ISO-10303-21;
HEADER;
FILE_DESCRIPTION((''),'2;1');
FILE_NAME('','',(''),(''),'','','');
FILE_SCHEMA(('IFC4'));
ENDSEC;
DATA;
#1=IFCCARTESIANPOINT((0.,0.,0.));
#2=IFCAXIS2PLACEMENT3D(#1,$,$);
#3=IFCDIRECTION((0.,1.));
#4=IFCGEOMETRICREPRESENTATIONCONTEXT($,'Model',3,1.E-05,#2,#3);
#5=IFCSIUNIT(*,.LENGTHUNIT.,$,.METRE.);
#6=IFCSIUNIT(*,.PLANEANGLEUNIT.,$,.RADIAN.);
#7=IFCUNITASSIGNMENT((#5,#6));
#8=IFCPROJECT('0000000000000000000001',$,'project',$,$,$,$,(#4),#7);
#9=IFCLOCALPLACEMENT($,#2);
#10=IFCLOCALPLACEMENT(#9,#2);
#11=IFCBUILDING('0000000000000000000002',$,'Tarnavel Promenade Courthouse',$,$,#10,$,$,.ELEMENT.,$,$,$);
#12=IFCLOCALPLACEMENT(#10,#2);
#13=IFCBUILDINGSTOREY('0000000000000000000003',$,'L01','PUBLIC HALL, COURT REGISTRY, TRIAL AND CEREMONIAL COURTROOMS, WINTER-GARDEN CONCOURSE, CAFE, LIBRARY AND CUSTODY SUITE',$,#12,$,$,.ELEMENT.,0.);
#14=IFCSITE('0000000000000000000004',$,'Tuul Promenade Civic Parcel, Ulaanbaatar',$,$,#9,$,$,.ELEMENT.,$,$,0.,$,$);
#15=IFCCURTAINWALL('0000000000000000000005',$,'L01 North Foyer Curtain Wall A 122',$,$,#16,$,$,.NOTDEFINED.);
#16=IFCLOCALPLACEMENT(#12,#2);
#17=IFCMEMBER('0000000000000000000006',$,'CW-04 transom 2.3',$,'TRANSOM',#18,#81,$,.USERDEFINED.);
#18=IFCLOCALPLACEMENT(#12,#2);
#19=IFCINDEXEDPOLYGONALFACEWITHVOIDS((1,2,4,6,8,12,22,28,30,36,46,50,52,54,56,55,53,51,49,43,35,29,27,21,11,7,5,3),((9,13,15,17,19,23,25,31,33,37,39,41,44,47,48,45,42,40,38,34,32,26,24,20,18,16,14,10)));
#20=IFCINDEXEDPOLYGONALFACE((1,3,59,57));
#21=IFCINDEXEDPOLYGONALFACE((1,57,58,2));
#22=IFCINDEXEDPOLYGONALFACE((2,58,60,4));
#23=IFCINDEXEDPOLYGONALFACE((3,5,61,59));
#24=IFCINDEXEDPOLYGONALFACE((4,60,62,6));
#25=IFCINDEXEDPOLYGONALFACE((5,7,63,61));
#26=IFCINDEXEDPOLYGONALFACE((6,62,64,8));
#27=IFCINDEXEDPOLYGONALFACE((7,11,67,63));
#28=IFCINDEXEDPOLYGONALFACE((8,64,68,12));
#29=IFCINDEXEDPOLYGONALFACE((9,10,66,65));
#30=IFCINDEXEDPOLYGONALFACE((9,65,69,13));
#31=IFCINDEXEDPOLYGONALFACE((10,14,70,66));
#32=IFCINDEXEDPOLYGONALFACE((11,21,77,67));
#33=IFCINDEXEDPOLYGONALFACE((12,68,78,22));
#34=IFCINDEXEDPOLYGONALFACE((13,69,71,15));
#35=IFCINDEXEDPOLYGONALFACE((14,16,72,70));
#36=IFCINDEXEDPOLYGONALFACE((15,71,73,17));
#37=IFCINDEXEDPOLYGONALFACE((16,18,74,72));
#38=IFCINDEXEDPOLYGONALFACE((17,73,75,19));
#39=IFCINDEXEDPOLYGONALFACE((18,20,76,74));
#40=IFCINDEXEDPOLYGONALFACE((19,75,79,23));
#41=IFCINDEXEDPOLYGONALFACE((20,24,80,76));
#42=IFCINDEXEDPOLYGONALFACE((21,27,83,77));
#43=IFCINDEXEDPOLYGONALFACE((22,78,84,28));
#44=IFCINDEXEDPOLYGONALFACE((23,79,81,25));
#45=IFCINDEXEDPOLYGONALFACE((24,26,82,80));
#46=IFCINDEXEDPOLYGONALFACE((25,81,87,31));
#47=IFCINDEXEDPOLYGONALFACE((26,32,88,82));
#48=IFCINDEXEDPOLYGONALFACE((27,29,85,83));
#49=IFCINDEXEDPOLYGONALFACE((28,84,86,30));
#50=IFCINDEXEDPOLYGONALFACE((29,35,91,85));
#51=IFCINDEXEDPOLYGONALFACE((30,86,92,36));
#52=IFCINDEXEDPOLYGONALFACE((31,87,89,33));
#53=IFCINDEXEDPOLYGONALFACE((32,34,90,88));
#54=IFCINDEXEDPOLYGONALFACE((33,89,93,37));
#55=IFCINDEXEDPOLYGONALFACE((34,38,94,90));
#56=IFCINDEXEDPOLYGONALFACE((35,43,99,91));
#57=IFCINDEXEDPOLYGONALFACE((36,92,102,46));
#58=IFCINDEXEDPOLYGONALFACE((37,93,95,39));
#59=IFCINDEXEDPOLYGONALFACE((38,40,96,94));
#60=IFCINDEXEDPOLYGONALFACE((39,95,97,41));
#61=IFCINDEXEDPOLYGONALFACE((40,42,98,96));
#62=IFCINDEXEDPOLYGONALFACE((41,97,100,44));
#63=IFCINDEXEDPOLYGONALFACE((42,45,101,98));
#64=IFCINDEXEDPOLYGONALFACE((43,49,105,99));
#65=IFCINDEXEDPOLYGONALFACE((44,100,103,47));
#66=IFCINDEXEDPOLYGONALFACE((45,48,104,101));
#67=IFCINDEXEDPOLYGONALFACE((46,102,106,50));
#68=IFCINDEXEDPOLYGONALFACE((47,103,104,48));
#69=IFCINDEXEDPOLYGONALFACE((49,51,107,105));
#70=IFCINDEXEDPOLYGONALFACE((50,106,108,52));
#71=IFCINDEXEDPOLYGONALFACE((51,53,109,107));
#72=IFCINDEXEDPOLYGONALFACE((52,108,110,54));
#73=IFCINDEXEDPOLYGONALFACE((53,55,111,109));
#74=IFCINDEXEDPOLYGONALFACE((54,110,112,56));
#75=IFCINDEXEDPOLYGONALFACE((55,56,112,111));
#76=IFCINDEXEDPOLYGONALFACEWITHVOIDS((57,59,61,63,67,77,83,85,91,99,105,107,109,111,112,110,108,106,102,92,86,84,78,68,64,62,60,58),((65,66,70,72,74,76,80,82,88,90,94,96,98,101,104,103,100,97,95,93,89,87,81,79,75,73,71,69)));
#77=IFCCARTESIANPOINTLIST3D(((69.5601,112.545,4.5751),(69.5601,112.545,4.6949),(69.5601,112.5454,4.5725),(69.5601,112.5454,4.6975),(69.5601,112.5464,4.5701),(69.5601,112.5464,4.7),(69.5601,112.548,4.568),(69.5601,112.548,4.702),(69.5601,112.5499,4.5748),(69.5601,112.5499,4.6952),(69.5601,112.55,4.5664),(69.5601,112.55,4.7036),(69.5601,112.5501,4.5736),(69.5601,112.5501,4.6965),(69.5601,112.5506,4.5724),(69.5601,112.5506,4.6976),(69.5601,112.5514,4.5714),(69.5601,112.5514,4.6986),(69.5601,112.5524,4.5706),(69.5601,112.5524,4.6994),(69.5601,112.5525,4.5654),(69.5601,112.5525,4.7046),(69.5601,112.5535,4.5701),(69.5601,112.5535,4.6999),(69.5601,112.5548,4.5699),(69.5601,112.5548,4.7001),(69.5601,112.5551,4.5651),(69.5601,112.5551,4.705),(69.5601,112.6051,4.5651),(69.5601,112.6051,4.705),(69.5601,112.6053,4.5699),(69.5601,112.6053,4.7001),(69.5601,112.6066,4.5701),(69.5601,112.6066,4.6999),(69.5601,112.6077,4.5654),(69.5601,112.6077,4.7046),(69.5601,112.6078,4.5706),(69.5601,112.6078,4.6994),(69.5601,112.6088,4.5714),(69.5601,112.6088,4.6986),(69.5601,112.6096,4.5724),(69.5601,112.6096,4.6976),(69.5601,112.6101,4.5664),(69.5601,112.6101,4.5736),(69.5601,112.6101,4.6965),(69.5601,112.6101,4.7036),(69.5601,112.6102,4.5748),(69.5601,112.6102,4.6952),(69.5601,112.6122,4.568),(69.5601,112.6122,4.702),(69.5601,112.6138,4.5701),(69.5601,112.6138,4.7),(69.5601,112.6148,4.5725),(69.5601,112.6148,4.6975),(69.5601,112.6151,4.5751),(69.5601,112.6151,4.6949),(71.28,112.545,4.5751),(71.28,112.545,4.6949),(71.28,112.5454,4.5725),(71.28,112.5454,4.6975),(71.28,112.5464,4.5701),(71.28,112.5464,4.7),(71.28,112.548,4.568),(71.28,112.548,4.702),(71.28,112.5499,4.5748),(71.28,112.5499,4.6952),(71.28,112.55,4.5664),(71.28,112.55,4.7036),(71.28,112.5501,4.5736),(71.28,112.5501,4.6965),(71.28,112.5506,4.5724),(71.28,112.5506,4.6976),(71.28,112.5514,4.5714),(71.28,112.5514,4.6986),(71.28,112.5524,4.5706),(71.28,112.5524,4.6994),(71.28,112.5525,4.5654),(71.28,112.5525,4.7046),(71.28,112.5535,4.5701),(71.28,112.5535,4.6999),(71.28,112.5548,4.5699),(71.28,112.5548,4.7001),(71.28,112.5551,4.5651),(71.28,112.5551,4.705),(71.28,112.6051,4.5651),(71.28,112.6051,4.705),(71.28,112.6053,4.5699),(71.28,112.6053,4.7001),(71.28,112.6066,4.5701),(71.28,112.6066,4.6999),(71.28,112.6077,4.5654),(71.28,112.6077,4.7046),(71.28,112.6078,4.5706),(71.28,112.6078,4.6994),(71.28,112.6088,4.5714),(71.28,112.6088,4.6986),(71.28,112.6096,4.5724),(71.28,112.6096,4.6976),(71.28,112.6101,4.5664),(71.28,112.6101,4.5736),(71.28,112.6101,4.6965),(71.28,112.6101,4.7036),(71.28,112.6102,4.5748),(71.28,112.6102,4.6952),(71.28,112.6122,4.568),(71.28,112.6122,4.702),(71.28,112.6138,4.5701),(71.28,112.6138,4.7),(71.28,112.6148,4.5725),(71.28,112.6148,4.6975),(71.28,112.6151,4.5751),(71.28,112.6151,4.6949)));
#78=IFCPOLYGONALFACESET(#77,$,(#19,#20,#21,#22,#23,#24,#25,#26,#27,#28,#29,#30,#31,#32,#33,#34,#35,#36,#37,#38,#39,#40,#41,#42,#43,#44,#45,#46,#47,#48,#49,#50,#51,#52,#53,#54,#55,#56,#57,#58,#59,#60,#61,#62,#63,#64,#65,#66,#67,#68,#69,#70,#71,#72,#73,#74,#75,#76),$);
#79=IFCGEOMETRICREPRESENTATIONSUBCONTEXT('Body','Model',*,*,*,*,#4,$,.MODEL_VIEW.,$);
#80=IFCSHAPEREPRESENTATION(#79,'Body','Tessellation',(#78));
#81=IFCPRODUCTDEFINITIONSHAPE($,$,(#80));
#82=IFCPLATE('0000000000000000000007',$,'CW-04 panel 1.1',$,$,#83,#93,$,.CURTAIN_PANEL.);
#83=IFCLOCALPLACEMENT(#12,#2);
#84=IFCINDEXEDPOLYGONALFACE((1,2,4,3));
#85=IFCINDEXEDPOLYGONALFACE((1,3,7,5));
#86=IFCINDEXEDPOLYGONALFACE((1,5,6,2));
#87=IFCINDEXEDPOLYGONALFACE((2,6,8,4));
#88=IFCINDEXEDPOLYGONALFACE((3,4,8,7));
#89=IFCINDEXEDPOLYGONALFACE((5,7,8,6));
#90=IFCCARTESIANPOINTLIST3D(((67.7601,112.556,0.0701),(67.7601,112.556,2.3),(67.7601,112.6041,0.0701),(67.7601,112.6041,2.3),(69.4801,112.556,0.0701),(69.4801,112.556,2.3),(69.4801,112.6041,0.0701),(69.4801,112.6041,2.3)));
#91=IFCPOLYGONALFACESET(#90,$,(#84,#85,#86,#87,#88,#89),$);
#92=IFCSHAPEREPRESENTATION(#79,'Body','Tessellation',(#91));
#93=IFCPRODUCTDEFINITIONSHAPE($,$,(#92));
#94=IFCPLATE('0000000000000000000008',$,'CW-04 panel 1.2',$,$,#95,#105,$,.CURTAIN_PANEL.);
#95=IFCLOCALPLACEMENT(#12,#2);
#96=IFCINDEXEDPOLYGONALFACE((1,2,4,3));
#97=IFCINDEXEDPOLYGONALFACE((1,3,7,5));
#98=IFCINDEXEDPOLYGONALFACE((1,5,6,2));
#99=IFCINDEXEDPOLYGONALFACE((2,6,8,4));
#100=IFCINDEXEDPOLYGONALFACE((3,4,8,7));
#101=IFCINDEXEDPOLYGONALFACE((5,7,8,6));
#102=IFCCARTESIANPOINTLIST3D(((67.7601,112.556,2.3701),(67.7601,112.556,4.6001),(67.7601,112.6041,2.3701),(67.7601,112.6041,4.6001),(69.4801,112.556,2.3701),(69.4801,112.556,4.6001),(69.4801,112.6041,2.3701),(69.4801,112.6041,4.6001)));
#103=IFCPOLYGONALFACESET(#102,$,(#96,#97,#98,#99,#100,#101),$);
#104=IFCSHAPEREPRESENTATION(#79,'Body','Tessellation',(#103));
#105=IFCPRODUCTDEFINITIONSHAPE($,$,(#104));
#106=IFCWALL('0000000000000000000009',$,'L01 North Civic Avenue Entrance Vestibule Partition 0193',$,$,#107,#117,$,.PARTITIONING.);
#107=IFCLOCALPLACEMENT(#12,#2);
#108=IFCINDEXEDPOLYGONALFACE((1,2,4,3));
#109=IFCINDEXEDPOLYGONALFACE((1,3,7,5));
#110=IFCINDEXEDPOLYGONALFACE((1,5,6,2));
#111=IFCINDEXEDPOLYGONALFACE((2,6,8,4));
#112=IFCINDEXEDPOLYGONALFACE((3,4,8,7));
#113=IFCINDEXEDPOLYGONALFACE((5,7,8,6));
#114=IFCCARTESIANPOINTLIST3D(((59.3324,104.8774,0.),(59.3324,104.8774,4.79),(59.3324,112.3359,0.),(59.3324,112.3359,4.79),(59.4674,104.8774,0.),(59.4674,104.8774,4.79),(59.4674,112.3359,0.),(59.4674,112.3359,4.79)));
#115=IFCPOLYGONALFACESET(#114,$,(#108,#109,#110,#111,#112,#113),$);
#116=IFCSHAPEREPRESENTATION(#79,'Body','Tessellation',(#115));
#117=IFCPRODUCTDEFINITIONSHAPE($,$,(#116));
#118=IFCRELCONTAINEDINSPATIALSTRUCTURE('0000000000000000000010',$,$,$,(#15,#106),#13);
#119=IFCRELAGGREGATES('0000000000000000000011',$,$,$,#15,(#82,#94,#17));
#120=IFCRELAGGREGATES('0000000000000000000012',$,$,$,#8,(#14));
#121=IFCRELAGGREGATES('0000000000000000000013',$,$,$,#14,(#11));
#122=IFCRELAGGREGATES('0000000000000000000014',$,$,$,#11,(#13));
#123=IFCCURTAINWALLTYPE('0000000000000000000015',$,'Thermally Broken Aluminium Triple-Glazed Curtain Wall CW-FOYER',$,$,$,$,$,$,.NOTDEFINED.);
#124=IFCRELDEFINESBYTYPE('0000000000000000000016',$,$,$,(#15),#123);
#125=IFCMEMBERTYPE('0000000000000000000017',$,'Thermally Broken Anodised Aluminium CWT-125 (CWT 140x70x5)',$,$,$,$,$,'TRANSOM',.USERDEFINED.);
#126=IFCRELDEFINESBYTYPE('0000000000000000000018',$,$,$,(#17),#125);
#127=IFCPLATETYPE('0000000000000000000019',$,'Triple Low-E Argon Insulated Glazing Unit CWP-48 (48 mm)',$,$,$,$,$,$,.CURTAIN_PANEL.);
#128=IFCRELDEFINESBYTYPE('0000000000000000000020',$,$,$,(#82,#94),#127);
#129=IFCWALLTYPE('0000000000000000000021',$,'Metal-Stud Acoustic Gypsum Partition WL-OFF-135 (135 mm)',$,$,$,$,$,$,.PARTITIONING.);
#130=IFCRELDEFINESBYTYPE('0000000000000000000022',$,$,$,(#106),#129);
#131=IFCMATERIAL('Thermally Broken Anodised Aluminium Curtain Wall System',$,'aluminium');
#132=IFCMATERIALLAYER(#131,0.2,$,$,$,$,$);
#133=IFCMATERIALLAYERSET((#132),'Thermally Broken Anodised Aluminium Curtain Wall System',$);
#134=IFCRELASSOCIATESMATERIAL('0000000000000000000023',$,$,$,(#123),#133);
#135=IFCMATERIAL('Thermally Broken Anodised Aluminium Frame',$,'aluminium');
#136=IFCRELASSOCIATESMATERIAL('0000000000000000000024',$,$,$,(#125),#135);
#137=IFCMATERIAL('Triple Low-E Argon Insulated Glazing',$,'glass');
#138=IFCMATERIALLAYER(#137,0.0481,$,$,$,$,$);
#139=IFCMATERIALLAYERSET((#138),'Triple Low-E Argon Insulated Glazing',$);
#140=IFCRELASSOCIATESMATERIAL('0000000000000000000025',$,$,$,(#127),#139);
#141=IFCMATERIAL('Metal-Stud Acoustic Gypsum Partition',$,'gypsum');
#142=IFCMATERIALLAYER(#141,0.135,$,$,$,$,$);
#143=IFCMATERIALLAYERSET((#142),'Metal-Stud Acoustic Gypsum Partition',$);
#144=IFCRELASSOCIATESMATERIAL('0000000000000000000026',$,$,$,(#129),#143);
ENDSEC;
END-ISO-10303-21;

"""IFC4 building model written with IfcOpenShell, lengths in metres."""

from ifc_helpers import new_model, si_unit, direction, frame, frame_2d, origin, origin_2d, place, context, subcontext, project, spatial, rectangle, hollow_rectangle, extrude, material, layer, layer_set, material_profile, profile_set, type_object, element, aggregate, save


model = new_model("IFC4")

# Units and contexts
model_context = context("Model", 3, precision=1e-05, world=origin(), true_north=direction((0.0, 1.0)))
body_context = subcontext(model_context, "Body", "Model", "MODEL_VIEW")
ifc_project = project(units=[si_unit("LENGTHUNIT", "METRE"), si_unit("PLANEANGLEUNIT", "RADIAN")], contexts=[model_context])

# Site, building, storey
site_placement = place(None, origin())
site = spatial("IfcSite", under=ifc_project, at=site_placement, Name="Tuul Promenade Civic Parcel, Ulaanbaatar", CompositionType="ELEMENT", RefElevation=0.0)
building_placement = place(site_placement, origin())
building = spatial("IfcBuilding", under=site, at=building_placement, Name="Tarnavel Promenade Courthouse", CompositionType="ELEMENT")
storey_placement = place(building_placement, origin())
storey = spatial("IfcBuildingStorey", under=building, at=storey_placement, Name="L01", Description="PUBLIC HALL, COURT REGISTRY, TRIAL AND CEREMONIAL COURTROOMS, WINTER-GARDEN CONCOURSE, CAFE, LIBRARY AND CUSTODY SUITE", CompositionType="ELEMENT", Elevation=0.0)

# Curtain wall, member, plates
ifc_material_1 = material(Name="Thermally Broken Anodised Aluminium Curtain Wall System", Category="aluminium")
ifc_layer_1 = layer(ifc_material_1, 0.2)
ifc_layer_set_1 = layer_set([ifc_layer_1], Name="Thermally Broken Anodised Aluminium Curtain Wall System")
curtain_wall_type = type_object("IfcCurtainWallType", Name="Thermally Broken Aluminium Triple-Glazed Curtain Wall CW-FOYER", PredefinedType="NOTDEFINED", material=ifc_layer_set_1)
curtain_wall_placement = place(storey_placement, origin())
curtain_wall = element("IfcCurtainWall", 1, at=curtain_wall_placement, inside=storey, type_object=curtain_wall_type, Name="L01 North Foyer Curtain Wall A 122", PredefinedType="NOTDEFINED")
ifc_material_2 = material(Name="Thermally Broken Anodised Aluminium Frame", Category="aluminium")
ifc_material_profile_1 = material_profile(ifc_material_2, hollow_rectangle(XDim=0.0701, YDim=0.1399, WallThickness=0.0049, InnerFilletRadius=0.0049, OuterFilletRadius=0.01, at=origin_2d()), Name="CWT 140x70x5")
ifc_profile_set_1 = profile_set([ifc_material_profile_1], Name="Thermally Broken Anodised Aluminium Frame")
member_type_1 = type_object("IfcMemberType", Name="Thermally Broken Anodised Aluminium CWT-125 (CWT 140x70x5)", ElementType="TRANSOM", PredefinedType="USERDEFINED", material=ifc_profile_set_1)
member_1_placement = place(storey_placement, frame((69.5601, 112.5801, 4.635), z_axis=(1.0, 0.0, 0.0), x_axis=(0.0, 1.0, 0.0)))
member_1 = element("IfcMember", 2, at=member_1_placement, type_object=member_type_1, Name="CW-04 transom 2.3", ObjectType="TRANSOM", PredefinedType="USERDEFINED", context=body_context, shape_type="SweptSolid", body=[
    extrude(hollow_rectangle(XDim=0.0701, YDim=0.1399, WallThickness=0.0049, InnerFilletRadius=0.0049, OuterFilletRadius=0.01, at=origin_2d()), origin(), (0.0, 0.0, 1.0), 1.72),
])
ifc_material_3 = material(Name="Triple Low-E Argon Insulated Glazing", Category="glass")
ifc_layer_2 = layer(ifc_material_3, 0.0481)
ifc_layer_set_2 = layer_set([ifc_layer_2], Name="Triple Low-E Argon Insulated Glazing")
plate_type = type_object("IfcPlateType", Name="Triple Low-E Argon Insulated Glazing Unit CWP-48 (48 mm)", PredefinedType="CURTAIN_PANEL", material=ifc_layer_set_2)
plate_1_placement = place(storey_placement, frame((68.6201, 112.5801, 0.0701), z_axis=(0.0, 0.0, 1.0), x_axis=(1.0, 0.0, 0.0)))
plate_1 = element("IfcPlate", 3, at=plate_1_placement, type_object=plate_type, Name="CW-04 panel 1.1", PredefinedType="CURTAIN_PANEL", context=body_context, shape_type="SweptSolid", body=[
    extrude(rectangle(XDim=1.72, YDim=0.0481, at=origin_2d()), origin(), (0.0, 0.0, 1.0), 2.23),
])
plate_2_placement = place(storey_placement, frame((68.6201, 112.5801, 2.3701), z_axis=(0.0, 0.0, 1.0), x_axis=(1.0, 0.0, 0.0)))
plate_2 = element("IfcPlate", 4, at=plate_2_placement, type_object=plate_type, Name="CW-04 panel 1.2", PredefinedType="CURTAIN_PANEL", context=body_context, shape_type="SweptSolid", body=[
    extrude(rectangle(XDim=1.72, YDim=0.0481, at=origin_2d()), origin(), (0.0, 0.0, 1.0), 2.23),
])
aggregate(curtain_wall, [plate_1, plate_2, member_1])

# Wall
ifc_material_4 = material(Name="Metal-Stud Acoustic Gypsum Partition", Category="gypsum")
ifc_layer_3 = layer(ifc_material_4, 0.135)
ifc_layer_set_3 = layer_set([ifc_layer_3], Name="Metal-Stud Acoustic Gypsum Partition")
wall_type = type_object("IfcWallType", Name="Metal-Stud Acoustic Gypsum Partition WL-OFF-135 (135 mm)", PredefinedType="PARTITIONING", material=ifc_layer_set_3)
wall_placement = place(storey_placement, frame((59.3999, 104.8774, 0.0), z_axis=(0.0, 0.0, 1.0), x_axis=(0.0, 1.0, 0.0)))
element("IfcWall", 5, at=wall_placement, inside=storey, type_object=wall_type, Name="L01 North Civic Avenue Entrance Vestibule Partition 0193", PredefinedType="PARTITIONING", context=body_context, shape_type="SweptSolid", body=[
    extrude(rectangle(XDim=7.4585, YDim=0.135, at=frame_2d((3.7292, 0.0))), origin(), (0.0, 0.0, 1.0), 4.79),
])

save(model, "model.ifc")
